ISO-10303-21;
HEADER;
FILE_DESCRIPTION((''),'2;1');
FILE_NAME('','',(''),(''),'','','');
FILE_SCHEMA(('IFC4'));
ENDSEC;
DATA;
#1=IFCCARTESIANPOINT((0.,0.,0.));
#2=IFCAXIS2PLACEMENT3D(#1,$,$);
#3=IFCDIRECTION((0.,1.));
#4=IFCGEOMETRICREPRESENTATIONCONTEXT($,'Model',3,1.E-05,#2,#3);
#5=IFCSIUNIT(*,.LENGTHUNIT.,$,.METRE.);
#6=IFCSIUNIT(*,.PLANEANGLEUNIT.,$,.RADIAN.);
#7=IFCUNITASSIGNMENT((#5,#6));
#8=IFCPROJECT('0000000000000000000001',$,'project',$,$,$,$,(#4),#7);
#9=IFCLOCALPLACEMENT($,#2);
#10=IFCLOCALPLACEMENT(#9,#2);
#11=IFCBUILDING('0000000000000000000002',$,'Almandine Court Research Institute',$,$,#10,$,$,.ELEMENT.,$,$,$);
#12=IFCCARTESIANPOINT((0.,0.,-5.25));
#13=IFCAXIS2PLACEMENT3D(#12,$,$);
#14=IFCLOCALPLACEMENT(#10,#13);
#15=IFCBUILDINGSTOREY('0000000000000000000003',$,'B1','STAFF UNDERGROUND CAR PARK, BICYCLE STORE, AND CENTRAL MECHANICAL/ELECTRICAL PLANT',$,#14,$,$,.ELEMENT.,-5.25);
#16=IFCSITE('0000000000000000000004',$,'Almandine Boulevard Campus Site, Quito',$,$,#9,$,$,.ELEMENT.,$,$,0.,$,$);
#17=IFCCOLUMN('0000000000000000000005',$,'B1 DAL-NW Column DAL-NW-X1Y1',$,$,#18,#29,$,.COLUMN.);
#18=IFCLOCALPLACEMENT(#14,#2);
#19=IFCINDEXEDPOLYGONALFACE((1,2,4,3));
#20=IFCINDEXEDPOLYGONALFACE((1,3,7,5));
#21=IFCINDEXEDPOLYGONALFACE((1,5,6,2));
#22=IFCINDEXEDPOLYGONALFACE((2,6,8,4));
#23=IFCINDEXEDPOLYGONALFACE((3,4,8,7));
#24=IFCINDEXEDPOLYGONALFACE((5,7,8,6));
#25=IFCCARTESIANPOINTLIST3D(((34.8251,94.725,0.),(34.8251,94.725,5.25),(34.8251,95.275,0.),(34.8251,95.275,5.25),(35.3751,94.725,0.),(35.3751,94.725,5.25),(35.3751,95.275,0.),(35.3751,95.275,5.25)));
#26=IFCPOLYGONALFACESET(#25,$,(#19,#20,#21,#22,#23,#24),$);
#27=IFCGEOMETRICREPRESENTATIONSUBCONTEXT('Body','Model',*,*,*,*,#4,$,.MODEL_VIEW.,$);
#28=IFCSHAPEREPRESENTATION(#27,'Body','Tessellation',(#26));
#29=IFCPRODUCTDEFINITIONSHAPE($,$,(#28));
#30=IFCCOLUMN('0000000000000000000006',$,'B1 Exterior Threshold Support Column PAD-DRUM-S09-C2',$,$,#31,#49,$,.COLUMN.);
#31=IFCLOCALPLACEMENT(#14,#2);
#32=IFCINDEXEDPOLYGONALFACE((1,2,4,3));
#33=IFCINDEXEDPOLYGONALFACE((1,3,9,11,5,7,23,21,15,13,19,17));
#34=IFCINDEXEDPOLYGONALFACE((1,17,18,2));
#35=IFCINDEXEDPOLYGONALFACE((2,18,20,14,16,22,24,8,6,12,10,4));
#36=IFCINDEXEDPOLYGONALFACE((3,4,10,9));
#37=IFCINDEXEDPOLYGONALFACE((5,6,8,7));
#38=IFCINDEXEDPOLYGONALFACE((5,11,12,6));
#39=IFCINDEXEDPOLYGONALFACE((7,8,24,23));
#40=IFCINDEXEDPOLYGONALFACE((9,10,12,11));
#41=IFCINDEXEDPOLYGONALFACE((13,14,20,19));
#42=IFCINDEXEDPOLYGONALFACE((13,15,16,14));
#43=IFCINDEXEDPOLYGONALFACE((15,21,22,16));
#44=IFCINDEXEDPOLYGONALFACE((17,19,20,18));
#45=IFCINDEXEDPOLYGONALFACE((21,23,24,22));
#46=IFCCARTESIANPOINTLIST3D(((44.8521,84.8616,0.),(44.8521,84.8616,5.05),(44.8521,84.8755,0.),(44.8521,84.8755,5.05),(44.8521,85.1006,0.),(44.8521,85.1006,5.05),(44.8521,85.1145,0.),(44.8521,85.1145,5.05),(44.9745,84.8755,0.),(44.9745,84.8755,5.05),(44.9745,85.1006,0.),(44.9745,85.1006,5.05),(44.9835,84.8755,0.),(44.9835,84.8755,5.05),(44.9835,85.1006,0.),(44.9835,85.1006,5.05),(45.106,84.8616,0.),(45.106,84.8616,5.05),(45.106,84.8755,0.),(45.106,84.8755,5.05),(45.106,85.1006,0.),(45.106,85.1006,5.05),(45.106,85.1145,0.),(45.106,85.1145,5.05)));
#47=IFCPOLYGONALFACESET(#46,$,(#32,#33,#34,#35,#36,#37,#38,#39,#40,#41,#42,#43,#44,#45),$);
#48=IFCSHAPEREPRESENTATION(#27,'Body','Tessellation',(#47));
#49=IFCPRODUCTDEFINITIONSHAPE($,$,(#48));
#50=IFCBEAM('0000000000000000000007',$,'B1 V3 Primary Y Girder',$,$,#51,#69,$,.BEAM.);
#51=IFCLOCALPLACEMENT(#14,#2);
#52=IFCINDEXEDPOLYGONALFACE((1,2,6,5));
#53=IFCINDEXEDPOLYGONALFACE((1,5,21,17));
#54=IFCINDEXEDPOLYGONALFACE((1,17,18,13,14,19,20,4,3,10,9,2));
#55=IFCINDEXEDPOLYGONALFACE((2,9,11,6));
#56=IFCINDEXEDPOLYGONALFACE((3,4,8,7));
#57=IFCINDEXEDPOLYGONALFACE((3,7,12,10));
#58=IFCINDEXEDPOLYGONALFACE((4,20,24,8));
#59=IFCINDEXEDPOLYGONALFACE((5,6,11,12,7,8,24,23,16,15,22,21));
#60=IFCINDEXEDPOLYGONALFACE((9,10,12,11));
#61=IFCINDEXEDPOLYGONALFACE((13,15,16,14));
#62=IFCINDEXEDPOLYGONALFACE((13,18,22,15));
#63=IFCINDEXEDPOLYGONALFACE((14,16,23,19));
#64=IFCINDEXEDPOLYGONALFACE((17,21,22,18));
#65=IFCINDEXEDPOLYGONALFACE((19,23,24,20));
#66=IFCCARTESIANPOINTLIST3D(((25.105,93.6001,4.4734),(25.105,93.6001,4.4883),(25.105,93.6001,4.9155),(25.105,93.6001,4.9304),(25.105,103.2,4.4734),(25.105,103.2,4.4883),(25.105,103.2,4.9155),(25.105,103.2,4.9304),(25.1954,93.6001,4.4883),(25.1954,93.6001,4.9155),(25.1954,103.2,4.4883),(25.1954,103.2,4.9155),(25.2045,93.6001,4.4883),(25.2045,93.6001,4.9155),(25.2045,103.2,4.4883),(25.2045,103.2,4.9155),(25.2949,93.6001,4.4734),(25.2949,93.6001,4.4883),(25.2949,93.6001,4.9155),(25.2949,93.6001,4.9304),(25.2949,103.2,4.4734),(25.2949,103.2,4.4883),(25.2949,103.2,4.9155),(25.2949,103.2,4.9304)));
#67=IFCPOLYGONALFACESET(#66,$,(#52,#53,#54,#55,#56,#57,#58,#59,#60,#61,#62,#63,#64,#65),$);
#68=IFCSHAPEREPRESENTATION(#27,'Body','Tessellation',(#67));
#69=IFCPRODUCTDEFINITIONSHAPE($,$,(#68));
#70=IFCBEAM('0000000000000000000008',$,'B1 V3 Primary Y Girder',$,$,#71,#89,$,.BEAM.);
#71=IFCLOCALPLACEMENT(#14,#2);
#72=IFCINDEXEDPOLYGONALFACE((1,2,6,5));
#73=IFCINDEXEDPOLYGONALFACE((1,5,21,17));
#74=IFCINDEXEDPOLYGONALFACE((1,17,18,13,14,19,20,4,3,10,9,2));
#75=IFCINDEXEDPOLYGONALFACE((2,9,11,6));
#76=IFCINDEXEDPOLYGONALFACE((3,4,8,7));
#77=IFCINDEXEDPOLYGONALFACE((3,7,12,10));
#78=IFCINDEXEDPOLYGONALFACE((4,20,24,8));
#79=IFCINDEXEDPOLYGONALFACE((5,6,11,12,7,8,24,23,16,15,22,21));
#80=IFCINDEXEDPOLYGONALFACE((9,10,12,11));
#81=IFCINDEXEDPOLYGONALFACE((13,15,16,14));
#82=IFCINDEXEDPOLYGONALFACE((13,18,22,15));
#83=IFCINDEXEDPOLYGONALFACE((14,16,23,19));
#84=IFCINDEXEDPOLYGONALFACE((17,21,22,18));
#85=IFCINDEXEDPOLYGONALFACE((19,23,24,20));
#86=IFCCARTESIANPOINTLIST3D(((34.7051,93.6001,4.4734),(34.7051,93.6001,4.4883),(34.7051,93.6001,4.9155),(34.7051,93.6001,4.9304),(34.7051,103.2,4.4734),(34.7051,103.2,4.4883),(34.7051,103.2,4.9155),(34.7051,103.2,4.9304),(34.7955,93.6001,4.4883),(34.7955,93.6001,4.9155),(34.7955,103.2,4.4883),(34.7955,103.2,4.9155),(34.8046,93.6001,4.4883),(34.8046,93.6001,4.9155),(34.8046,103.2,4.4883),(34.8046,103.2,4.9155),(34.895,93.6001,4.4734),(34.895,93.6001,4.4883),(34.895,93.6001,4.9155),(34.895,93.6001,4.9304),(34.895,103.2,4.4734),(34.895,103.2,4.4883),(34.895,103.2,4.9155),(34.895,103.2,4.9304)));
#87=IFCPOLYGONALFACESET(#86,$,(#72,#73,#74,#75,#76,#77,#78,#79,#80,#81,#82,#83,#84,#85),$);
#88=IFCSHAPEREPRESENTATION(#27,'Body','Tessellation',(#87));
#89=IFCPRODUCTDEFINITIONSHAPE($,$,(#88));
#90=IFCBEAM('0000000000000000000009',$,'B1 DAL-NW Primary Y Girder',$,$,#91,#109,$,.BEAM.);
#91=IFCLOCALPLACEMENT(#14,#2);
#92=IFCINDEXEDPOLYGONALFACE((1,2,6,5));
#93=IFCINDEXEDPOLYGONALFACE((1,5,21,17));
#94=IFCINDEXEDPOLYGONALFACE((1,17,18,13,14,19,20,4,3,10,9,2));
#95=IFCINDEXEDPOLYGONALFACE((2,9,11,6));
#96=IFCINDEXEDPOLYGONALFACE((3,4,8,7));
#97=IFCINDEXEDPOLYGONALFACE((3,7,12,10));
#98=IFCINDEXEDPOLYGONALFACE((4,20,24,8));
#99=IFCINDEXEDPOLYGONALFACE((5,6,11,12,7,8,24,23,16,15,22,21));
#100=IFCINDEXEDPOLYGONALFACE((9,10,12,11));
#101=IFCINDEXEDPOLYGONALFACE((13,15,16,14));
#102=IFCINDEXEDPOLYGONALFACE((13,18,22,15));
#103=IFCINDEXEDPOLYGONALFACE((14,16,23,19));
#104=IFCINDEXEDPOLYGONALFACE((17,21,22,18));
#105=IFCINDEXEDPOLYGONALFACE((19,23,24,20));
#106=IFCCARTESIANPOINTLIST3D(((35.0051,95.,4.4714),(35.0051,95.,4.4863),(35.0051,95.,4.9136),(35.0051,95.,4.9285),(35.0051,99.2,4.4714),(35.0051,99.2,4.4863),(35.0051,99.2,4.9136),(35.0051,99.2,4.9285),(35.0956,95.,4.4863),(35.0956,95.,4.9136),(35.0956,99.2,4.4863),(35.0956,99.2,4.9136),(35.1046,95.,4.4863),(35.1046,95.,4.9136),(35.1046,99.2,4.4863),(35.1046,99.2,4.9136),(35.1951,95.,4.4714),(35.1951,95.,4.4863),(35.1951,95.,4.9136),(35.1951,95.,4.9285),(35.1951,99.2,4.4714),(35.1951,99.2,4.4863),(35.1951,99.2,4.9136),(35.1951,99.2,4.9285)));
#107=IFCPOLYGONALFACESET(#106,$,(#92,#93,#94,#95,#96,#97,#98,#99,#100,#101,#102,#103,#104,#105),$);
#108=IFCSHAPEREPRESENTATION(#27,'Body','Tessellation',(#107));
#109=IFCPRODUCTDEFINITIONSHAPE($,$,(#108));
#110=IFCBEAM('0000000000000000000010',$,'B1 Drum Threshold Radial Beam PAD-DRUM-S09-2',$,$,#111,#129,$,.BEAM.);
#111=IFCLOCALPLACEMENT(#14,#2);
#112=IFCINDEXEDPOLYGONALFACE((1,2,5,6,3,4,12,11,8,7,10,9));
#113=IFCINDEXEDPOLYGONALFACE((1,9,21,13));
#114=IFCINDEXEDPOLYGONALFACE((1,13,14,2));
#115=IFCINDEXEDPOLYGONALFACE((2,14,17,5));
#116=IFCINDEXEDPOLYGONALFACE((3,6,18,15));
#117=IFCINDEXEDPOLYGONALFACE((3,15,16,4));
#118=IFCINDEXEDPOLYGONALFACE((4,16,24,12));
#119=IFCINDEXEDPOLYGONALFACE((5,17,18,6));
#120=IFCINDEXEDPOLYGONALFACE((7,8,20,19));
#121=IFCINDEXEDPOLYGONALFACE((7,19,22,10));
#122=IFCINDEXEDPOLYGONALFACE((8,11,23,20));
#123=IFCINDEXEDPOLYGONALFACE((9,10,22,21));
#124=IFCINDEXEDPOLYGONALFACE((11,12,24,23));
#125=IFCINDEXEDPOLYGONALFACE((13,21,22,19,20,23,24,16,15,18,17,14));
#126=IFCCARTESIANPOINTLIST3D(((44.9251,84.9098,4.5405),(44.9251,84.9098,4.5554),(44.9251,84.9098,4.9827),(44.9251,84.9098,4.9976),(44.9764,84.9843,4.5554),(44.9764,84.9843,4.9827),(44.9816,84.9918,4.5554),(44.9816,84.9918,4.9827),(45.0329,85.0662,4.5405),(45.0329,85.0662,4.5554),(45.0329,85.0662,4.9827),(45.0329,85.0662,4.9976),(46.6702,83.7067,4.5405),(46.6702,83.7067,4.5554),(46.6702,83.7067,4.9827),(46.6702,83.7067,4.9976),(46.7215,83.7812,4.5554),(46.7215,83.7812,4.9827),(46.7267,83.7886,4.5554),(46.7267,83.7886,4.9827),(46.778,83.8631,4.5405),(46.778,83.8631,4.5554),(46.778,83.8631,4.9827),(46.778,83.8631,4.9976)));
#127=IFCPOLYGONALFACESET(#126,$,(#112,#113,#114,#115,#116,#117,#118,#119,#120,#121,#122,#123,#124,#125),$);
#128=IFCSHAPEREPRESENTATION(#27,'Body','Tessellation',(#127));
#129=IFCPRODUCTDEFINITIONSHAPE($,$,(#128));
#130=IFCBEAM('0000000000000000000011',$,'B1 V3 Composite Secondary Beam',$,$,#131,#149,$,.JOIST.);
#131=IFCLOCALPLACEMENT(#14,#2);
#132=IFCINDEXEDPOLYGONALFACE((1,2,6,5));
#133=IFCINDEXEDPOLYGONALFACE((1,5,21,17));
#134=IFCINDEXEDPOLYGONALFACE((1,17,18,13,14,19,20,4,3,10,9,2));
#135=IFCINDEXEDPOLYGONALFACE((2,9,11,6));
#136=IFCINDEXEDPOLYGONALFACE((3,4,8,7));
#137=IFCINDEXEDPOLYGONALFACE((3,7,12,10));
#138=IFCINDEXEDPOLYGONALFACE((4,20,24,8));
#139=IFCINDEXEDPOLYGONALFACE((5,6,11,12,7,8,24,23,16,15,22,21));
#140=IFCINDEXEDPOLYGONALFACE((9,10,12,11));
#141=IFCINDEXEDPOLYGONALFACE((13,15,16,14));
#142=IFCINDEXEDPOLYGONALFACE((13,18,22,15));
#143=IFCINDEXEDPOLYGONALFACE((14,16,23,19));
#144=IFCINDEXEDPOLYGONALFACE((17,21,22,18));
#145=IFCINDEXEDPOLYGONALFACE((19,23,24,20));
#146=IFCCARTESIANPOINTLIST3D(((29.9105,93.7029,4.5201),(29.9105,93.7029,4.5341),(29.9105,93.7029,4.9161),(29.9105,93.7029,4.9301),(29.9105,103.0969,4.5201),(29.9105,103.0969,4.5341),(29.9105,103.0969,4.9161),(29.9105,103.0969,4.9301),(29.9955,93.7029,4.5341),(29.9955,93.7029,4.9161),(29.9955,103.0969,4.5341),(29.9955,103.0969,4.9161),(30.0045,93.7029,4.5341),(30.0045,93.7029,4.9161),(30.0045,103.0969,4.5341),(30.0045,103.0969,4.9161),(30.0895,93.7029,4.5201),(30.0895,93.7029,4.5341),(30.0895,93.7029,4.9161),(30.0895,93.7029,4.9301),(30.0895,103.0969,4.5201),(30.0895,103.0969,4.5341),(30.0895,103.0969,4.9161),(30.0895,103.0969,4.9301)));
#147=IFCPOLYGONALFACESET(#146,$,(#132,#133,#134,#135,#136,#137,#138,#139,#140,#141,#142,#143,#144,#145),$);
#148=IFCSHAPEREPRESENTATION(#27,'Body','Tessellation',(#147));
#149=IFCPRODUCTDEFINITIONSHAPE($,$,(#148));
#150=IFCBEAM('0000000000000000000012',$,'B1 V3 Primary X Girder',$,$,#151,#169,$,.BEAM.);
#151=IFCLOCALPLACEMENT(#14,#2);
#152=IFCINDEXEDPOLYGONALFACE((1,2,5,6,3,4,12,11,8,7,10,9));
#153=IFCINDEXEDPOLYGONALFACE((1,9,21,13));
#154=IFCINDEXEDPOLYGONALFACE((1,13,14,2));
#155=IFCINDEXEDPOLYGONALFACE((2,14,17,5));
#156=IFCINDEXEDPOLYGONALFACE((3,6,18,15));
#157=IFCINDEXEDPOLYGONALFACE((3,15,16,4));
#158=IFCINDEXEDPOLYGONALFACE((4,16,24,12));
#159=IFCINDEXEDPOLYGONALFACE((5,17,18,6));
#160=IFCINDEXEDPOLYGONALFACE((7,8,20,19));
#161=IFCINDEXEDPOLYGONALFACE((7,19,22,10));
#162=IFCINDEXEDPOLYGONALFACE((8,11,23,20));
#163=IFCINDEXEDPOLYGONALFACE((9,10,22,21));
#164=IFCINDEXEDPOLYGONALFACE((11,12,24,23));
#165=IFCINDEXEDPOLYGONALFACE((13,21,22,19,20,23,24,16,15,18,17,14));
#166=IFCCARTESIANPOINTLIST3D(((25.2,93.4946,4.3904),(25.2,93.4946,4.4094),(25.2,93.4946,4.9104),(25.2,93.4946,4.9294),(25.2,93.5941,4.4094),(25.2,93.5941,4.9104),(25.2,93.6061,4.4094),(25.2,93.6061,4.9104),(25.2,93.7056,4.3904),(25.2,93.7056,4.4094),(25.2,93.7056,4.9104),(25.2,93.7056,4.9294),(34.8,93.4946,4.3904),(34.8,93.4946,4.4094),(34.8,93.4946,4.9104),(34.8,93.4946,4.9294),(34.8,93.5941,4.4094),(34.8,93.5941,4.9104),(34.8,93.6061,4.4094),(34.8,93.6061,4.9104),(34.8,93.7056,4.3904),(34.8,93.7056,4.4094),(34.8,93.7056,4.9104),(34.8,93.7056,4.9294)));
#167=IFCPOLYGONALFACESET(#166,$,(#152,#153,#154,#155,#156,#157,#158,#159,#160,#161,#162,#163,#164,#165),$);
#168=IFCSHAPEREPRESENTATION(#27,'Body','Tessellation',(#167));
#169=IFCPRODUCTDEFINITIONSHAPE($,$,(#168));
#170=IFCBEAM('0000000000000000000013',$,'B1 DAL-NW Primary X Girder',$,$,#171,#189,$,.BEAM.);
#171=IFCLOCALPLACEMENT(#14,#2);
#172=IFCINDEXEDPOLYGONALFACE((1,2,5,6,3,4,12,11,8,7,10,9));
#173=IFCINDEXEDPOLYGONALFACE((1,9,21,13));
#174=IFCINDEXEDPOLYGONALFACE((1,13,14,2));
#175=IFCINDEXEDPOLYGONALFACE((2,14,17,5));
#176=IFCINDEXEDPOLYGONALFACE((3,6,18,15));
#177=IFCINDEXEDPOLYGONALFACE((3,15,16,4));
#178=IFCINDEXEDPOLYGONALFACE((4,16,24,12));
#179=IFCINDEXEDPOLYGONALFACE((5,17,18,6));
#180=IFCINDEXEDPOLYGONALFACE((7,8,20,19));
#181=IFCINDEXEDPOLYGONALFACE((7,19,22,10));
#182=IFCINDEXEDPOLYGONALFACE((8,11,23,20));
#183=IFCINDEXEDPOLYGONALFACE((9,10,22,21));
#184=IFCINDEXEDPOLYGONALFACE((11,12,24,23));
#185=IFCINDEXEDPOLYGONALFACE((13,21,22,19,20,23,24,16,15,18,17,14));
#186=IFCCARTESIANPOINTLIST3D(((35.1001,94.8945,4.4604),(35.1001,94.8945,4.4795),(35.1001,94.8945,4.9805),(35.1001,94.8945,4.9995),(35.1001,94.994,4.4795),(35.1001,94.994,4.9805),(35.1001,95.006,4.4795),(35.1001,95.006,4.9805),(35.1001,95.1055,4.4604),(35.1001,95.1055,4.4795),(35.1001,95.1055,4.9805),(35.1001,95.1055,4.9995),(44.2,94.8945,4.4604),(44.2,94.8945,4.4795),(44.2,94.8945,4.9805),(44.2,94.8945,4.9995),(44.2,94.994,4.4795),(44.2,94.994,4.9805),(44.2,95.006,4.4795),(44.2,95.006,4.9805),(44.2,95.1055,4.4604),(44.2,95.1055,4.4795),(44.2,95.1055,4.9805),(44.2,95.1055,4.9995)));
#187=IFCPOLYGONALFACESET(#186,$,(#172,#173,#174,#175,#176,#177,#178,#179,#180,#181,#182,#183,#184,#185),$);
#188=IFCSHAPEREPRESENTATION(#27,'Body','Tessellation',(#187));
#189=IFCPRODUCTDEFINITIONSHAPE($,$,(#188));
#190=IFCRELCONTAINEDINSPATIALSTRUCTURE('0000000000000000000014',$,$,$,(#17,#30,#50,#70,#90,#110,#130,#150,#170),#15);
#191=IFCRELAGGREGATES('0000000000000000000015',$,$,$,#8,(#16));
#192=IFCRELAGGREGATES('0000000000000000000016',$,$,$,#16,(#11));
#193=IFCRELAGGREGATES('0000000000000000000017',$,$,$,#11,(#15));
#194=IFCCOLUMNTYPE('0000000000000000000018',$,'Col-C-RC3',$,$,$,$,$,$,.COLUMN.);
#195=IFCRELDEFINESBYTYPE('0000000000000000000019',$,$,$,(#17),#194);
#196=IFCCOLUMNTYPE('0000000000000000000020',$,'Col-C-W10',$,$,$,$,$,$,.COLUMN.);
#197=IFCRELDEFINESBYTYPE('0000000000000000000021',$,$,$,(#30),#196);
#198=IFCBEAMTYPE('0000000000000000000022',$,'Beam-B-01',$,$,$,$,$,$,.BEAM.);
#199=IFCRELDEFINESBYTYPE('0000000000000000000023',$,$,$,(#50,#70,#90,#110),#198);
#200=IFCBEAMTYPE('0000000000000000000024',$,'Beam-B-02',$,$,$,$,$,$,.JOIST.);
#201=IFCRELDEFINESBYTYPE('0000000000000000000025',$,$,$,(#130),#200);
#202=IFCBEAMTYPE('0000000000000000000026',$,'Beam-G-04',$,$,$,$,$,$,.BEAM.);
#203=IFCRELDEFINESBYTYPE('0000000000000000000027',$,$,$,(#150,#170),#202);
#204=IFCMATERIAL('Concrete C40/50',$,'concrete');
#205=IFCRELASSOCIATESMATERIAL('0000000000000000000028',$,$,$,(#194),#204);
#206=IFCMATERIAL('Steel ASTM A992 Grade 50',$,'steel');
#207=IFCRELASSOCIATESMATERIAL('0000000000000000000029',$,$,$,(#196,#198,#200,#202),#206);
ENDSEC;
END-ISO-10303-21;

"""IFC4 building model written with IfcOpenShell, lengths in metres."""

from ifc_helpers import new_model, si_unit, direction, frame, origin, origin_2d, place, context, subcontext, project, spatial, rectangle, i_section, extrude, material, material_profile, profile_set, type_object, element, save


model = new_model("IFC4")

# Units and contexts
model_context = context("Model", 3, precision=1e-05, world=origin(), true_north=direction((0.0, 1.0)))
body_context = subcontext(model_context, "Body", "Model", "MODEL_VIEW")
ifc_project = project(units=[si_unit("LENGTHUNIT", "METRE"), si_unit("PLANEANGLEUNIT", "RADIAN")], contexts=[model_context])

# Site, building, storey
site_placement = place(None, origin())
site = spatial("IfcSite", under=ifc_project, at=site_placement, Name="Almandine Boulevard Campus Site, Quito", CompositionType="ELEMENT", RefElevation=0.0)
building_placement = place(site_placement, origin())
building = spatial("IfcBuilding", under=site, at=building_placement, Name="Almandine Court Research Institute", CompositionType="ELEMENT")
storey_placement = place(building_placement, frame((0.0, 0.0, -5.25)))
storey = spatial("IfcBuildingStorey", under=building, at=storey_placement, Name="B1", Description="STAFF UNDERGROUND CAR PARK, BICYCLE STORE, AND CENTRAL MECHANICAL/ELECTRICAL PLANT", CompositionType="ELEMENT", Elevation=-5.25)

# Columns
ifc_material_1 = material(Name="Concrete C40/50", Category="concrete")
ifc_material_profile_1 = material_profile(ifc_material_1, rectangle(XDim=0.55, YDim=0.55, at=origin_2d()), Name="RC 550x550")
ifc_profile_set_1 = profile_set([ifc_material_profile_1], Name="Concrete C40/50")
column_type_1 = type_object("IfcColumnType", Name="Col-C-RC3", PredefinedType="COLUMN", material=ifc_profile_set_1)
column_1_placement = place(storey_placement, frame((35.1001, 95.0, 0.0), z_axis=(0.0, 0.0, 1.0), x_axis=(1.0, 0.0, 0.0)))
element("IfcColumn", 1, at=column_1_placement, inside=storey, type_object=column_type_1, Name="B1 DAL-NW Column DAL-NW-X1Y1", PredefinedType="COLUMN", context=body_context, shape_type="SweptSolid", body=[
    extrude(rectangle(XDim=0.55, YDim=0.55, at=origin_2d()), origin(), (0.0, 0.0, 1.0), 5.25),
])
ifc_material_2 = material(Name="Steel ASTM A992 Grade 50", Category="steel")
ifc_material_profile_2 = material_profile(ifc_material_2, i_section(OverallWidth=0.2539, OverallDepth=0.2529, WebThickness=0.009, FlangeThickness=0.0139, at=origin_2d()), Name="W250x73")
ifc_profile_set_2 = profile_set([ifc_material_profile_2], Name="Steel ASTM A992 Grade 50")
column_type_2 = type_object("IfcColumnType", Name="Col-C-W10", PredefinedType="COLUMN", material=ifc_profile_set_2)
column_2_placement = place(storey_placement, frame((44.979, 84.988, 0.0), z_axis=(0.0, 0.0, 1.0), x_axis=(1.0, 0.0, 0.0)))
element("IfcColumn", 2, at=column_2_placement, inside=storey, type_object=column_type_2, Name="B1 Exterior Threshold Support Column PAD-DRUM-S09-C2", PredefinedType="COLUMN", context=body_context, shape_type="SweptSolid", body=[
    extrude(i_section(OverallWidth=0.2539, OverallDepth=0.2529, WebThickness=0.009, FlangeThickness=0.0139, at=origin_2d()), origin(), (0.0, 0.0, 1.0), 5.05),
])

# Beams
ifc_material_profile_3 = material_profile(ifc_material_2, i_section(OverallWidth=0.1899, OverallDepth=0.457, WebThickness=0.009, FlangeThickness=0.0149, at=origin_2d()), Name="W460x74")
ifc_profile_set_3 = profile_set([ifc_material_profile_3], Name="Steel ASTM A992 Grade 50")
beam_type_1 = type_object("IfcBeamType", Name="Beam-B-01", PredefinedType="BEAM", material=ifc_profile_set_3)
for number, where, z_axis, x_axis, name in (
    (3, (25.2, 93.6001, 4.7019), (0.0, 1.0, 0.0), (-1.0, 0.0, 0.0), "B1 V3 Primary Y Girder"),
    (4, (34.8, 93.6001, 4.7019), (0.0, 1.0, 0.0), (-1.0, 0.0, 0.0), "B1 V3 Primary Y Girder"),
):
    element("IfcBeam", number, at=place(storey_placement, frame(where, z_axis=z_axis, x_axis=x_axis)), inside=storey, type_object=beam_type_1, Name=name, PredefinedType="BEAM", context=body_context, shape_type="SweptSolid", body=[
        extrude(i_section(OverallWidth=0.1899, OverallDepth=0.457, WebThickness=0.009, FlangeThickness=0.0149, at=origin_2d()), origin(), (0.0, 0.0, 1.0), 9.5999),
    ])
beam_1_placement = place(storey_placement, frame((35.1001, 95.0, 4.7), z_axis=(0.0, 1.0, 0.0), x_axis=(-1.0, 0.0, 0.0)))
element("IfcBeam", 5, at=beam_1_placement, inside=storey, type_object=beam_type_1, Name="B1 DAL-NW Primary Y Girder", PredefinedType="BEAM", context=body_context, shape_type="SweptSolid", body=[
    extrude(i_section(OverallWidth=0.1899, OverallDepth=0.457, WebThickness=0.009, FlangeThickness=0.0149, at=origin_2d()), origin(), (0.0, 0.0, 1.0), 4.2),
])
beam_2_placement = place(storey_placement, frame((44.979, 84.988, 4.769), z_axis=(0.823302, -0.567604, 0.0), x_axis=(0.567604, 0.823302, 0.0)))
element("IfcBeam", 6, at=beam_2_placement, inside=storey, type_object=beam_type_1, Name="B1 Drum Threshold Radial Beam PAD-DRUM-S09-2", PredefinedType="BEAM", context=body_context, shape_type="SweptSolid", body=[
    extrude(i_section(OverallWidth=0.1899, OverallDepth=0.457, WebThickness=0.009, FlangeThickness=0.0149, at=origin_2d()), origin(), (0.0, 0.0, 1.0), 2.1196),
])
ifc_material_profile_4 = material_profile(ifc_material_2, i_section(OverallWidth=0.179, OverallDepth=0.4099, WebThickness=0.009, FlangeThickness=0.0139, at=origin_2d()), Name="W410x67")
ifc_profile_set_4 = profile_set([ifc_material_profile_4], Name="Steel ASTM A992 Grade 50")
beam_type_2 = type_object("IfcBeamType", Name="Beam-B-02", PredefinedType="JOIST", material=ifc_profile_set_4)
beam_3_placement = place(storey_placement, frame((30.0, 93.7029, 4.7251), z_axis=(0.0, 1.0, 0.0), x_axis=(-1.0, 0.0, 0.0)))
element("IfcBeam", 7, at=beam_3_placement, inside=storey, type_object=beam_type_2, Name="B1 V3 Composite Secondary Beam", PredefinedType="JOIST", context=body_context, shape_type="SweptSolid", body=[
    extrude(i_section(OverallWidth=0.179, OverallDepth=0.4099, WebThickness=0.009, FlangeThickness=0.0139, at=origin_2d()), origin(), (0.0, 0.0, 1.0), 9.394),
])
ifc_material_profile_5 = material_profile(ifc_material_2, i_section(OverallWidth=0.2109, OverallDepth=0.5391, WebThickness=0.012, FlangeThickness=0.019, at=origin_2d()), Name="W530x109")
ifc_profile_set_5 = profile_set([ifc_material_profile_5], Name="Steel ASTM A992 Grade 50")
beam_type_3 = type_object("IfcBeamType", Name="Beam-G-04", PredefinedType="BEAM", material=ifc_profile_set_5)
beam_4_placement = place(storey_placement, frame((25.2, 93.6001, 4.6599), z_axis=(1.0, 0.0, 0.0), x_axis=(0.0, 1.0, 0.0)))
element("IfcBeam", 8, at=beam_4_placement, inside=storey, type_object=beam_type_3, Name="B1 V3 Primary X Girder", PredefinedType="BEAM", context=body_context, shape_type="SweptSolid", body=[
    extrude(i_section(OverallWidth=0.2109, OverallDepth=0.5391, WebThickness=0.012, FlangeThickness=0.019, at=origin_2d()), origin(), (0.0, 0.0, 1.0), 9.6001),
])
beam_5_placement = place(storey_placement, frame((35.1001, 95.0, 4.73), z_axis=(1.0, 0.0, 0.0), x_axis=(0.0, 1.0, 0.0)))
element("IfcBeam", 9, at=beam_5_placement, inside=storey, type_object=beam_type_3, Name="B1 DAL-NW Primary X Girder", PredefinedType="BEAM", context=body_context, shape_type="SweptSolid", body=[
    extrude(i_section(OverallWidth=0.2109, OverallDepth=0.5391, WebThickness=0.012, FlangeThickness=0.019, at=origin_2d()), origin(), (0.0, 0.0, 1.0), 9.0999),
])

save(model, "model.ifc")
